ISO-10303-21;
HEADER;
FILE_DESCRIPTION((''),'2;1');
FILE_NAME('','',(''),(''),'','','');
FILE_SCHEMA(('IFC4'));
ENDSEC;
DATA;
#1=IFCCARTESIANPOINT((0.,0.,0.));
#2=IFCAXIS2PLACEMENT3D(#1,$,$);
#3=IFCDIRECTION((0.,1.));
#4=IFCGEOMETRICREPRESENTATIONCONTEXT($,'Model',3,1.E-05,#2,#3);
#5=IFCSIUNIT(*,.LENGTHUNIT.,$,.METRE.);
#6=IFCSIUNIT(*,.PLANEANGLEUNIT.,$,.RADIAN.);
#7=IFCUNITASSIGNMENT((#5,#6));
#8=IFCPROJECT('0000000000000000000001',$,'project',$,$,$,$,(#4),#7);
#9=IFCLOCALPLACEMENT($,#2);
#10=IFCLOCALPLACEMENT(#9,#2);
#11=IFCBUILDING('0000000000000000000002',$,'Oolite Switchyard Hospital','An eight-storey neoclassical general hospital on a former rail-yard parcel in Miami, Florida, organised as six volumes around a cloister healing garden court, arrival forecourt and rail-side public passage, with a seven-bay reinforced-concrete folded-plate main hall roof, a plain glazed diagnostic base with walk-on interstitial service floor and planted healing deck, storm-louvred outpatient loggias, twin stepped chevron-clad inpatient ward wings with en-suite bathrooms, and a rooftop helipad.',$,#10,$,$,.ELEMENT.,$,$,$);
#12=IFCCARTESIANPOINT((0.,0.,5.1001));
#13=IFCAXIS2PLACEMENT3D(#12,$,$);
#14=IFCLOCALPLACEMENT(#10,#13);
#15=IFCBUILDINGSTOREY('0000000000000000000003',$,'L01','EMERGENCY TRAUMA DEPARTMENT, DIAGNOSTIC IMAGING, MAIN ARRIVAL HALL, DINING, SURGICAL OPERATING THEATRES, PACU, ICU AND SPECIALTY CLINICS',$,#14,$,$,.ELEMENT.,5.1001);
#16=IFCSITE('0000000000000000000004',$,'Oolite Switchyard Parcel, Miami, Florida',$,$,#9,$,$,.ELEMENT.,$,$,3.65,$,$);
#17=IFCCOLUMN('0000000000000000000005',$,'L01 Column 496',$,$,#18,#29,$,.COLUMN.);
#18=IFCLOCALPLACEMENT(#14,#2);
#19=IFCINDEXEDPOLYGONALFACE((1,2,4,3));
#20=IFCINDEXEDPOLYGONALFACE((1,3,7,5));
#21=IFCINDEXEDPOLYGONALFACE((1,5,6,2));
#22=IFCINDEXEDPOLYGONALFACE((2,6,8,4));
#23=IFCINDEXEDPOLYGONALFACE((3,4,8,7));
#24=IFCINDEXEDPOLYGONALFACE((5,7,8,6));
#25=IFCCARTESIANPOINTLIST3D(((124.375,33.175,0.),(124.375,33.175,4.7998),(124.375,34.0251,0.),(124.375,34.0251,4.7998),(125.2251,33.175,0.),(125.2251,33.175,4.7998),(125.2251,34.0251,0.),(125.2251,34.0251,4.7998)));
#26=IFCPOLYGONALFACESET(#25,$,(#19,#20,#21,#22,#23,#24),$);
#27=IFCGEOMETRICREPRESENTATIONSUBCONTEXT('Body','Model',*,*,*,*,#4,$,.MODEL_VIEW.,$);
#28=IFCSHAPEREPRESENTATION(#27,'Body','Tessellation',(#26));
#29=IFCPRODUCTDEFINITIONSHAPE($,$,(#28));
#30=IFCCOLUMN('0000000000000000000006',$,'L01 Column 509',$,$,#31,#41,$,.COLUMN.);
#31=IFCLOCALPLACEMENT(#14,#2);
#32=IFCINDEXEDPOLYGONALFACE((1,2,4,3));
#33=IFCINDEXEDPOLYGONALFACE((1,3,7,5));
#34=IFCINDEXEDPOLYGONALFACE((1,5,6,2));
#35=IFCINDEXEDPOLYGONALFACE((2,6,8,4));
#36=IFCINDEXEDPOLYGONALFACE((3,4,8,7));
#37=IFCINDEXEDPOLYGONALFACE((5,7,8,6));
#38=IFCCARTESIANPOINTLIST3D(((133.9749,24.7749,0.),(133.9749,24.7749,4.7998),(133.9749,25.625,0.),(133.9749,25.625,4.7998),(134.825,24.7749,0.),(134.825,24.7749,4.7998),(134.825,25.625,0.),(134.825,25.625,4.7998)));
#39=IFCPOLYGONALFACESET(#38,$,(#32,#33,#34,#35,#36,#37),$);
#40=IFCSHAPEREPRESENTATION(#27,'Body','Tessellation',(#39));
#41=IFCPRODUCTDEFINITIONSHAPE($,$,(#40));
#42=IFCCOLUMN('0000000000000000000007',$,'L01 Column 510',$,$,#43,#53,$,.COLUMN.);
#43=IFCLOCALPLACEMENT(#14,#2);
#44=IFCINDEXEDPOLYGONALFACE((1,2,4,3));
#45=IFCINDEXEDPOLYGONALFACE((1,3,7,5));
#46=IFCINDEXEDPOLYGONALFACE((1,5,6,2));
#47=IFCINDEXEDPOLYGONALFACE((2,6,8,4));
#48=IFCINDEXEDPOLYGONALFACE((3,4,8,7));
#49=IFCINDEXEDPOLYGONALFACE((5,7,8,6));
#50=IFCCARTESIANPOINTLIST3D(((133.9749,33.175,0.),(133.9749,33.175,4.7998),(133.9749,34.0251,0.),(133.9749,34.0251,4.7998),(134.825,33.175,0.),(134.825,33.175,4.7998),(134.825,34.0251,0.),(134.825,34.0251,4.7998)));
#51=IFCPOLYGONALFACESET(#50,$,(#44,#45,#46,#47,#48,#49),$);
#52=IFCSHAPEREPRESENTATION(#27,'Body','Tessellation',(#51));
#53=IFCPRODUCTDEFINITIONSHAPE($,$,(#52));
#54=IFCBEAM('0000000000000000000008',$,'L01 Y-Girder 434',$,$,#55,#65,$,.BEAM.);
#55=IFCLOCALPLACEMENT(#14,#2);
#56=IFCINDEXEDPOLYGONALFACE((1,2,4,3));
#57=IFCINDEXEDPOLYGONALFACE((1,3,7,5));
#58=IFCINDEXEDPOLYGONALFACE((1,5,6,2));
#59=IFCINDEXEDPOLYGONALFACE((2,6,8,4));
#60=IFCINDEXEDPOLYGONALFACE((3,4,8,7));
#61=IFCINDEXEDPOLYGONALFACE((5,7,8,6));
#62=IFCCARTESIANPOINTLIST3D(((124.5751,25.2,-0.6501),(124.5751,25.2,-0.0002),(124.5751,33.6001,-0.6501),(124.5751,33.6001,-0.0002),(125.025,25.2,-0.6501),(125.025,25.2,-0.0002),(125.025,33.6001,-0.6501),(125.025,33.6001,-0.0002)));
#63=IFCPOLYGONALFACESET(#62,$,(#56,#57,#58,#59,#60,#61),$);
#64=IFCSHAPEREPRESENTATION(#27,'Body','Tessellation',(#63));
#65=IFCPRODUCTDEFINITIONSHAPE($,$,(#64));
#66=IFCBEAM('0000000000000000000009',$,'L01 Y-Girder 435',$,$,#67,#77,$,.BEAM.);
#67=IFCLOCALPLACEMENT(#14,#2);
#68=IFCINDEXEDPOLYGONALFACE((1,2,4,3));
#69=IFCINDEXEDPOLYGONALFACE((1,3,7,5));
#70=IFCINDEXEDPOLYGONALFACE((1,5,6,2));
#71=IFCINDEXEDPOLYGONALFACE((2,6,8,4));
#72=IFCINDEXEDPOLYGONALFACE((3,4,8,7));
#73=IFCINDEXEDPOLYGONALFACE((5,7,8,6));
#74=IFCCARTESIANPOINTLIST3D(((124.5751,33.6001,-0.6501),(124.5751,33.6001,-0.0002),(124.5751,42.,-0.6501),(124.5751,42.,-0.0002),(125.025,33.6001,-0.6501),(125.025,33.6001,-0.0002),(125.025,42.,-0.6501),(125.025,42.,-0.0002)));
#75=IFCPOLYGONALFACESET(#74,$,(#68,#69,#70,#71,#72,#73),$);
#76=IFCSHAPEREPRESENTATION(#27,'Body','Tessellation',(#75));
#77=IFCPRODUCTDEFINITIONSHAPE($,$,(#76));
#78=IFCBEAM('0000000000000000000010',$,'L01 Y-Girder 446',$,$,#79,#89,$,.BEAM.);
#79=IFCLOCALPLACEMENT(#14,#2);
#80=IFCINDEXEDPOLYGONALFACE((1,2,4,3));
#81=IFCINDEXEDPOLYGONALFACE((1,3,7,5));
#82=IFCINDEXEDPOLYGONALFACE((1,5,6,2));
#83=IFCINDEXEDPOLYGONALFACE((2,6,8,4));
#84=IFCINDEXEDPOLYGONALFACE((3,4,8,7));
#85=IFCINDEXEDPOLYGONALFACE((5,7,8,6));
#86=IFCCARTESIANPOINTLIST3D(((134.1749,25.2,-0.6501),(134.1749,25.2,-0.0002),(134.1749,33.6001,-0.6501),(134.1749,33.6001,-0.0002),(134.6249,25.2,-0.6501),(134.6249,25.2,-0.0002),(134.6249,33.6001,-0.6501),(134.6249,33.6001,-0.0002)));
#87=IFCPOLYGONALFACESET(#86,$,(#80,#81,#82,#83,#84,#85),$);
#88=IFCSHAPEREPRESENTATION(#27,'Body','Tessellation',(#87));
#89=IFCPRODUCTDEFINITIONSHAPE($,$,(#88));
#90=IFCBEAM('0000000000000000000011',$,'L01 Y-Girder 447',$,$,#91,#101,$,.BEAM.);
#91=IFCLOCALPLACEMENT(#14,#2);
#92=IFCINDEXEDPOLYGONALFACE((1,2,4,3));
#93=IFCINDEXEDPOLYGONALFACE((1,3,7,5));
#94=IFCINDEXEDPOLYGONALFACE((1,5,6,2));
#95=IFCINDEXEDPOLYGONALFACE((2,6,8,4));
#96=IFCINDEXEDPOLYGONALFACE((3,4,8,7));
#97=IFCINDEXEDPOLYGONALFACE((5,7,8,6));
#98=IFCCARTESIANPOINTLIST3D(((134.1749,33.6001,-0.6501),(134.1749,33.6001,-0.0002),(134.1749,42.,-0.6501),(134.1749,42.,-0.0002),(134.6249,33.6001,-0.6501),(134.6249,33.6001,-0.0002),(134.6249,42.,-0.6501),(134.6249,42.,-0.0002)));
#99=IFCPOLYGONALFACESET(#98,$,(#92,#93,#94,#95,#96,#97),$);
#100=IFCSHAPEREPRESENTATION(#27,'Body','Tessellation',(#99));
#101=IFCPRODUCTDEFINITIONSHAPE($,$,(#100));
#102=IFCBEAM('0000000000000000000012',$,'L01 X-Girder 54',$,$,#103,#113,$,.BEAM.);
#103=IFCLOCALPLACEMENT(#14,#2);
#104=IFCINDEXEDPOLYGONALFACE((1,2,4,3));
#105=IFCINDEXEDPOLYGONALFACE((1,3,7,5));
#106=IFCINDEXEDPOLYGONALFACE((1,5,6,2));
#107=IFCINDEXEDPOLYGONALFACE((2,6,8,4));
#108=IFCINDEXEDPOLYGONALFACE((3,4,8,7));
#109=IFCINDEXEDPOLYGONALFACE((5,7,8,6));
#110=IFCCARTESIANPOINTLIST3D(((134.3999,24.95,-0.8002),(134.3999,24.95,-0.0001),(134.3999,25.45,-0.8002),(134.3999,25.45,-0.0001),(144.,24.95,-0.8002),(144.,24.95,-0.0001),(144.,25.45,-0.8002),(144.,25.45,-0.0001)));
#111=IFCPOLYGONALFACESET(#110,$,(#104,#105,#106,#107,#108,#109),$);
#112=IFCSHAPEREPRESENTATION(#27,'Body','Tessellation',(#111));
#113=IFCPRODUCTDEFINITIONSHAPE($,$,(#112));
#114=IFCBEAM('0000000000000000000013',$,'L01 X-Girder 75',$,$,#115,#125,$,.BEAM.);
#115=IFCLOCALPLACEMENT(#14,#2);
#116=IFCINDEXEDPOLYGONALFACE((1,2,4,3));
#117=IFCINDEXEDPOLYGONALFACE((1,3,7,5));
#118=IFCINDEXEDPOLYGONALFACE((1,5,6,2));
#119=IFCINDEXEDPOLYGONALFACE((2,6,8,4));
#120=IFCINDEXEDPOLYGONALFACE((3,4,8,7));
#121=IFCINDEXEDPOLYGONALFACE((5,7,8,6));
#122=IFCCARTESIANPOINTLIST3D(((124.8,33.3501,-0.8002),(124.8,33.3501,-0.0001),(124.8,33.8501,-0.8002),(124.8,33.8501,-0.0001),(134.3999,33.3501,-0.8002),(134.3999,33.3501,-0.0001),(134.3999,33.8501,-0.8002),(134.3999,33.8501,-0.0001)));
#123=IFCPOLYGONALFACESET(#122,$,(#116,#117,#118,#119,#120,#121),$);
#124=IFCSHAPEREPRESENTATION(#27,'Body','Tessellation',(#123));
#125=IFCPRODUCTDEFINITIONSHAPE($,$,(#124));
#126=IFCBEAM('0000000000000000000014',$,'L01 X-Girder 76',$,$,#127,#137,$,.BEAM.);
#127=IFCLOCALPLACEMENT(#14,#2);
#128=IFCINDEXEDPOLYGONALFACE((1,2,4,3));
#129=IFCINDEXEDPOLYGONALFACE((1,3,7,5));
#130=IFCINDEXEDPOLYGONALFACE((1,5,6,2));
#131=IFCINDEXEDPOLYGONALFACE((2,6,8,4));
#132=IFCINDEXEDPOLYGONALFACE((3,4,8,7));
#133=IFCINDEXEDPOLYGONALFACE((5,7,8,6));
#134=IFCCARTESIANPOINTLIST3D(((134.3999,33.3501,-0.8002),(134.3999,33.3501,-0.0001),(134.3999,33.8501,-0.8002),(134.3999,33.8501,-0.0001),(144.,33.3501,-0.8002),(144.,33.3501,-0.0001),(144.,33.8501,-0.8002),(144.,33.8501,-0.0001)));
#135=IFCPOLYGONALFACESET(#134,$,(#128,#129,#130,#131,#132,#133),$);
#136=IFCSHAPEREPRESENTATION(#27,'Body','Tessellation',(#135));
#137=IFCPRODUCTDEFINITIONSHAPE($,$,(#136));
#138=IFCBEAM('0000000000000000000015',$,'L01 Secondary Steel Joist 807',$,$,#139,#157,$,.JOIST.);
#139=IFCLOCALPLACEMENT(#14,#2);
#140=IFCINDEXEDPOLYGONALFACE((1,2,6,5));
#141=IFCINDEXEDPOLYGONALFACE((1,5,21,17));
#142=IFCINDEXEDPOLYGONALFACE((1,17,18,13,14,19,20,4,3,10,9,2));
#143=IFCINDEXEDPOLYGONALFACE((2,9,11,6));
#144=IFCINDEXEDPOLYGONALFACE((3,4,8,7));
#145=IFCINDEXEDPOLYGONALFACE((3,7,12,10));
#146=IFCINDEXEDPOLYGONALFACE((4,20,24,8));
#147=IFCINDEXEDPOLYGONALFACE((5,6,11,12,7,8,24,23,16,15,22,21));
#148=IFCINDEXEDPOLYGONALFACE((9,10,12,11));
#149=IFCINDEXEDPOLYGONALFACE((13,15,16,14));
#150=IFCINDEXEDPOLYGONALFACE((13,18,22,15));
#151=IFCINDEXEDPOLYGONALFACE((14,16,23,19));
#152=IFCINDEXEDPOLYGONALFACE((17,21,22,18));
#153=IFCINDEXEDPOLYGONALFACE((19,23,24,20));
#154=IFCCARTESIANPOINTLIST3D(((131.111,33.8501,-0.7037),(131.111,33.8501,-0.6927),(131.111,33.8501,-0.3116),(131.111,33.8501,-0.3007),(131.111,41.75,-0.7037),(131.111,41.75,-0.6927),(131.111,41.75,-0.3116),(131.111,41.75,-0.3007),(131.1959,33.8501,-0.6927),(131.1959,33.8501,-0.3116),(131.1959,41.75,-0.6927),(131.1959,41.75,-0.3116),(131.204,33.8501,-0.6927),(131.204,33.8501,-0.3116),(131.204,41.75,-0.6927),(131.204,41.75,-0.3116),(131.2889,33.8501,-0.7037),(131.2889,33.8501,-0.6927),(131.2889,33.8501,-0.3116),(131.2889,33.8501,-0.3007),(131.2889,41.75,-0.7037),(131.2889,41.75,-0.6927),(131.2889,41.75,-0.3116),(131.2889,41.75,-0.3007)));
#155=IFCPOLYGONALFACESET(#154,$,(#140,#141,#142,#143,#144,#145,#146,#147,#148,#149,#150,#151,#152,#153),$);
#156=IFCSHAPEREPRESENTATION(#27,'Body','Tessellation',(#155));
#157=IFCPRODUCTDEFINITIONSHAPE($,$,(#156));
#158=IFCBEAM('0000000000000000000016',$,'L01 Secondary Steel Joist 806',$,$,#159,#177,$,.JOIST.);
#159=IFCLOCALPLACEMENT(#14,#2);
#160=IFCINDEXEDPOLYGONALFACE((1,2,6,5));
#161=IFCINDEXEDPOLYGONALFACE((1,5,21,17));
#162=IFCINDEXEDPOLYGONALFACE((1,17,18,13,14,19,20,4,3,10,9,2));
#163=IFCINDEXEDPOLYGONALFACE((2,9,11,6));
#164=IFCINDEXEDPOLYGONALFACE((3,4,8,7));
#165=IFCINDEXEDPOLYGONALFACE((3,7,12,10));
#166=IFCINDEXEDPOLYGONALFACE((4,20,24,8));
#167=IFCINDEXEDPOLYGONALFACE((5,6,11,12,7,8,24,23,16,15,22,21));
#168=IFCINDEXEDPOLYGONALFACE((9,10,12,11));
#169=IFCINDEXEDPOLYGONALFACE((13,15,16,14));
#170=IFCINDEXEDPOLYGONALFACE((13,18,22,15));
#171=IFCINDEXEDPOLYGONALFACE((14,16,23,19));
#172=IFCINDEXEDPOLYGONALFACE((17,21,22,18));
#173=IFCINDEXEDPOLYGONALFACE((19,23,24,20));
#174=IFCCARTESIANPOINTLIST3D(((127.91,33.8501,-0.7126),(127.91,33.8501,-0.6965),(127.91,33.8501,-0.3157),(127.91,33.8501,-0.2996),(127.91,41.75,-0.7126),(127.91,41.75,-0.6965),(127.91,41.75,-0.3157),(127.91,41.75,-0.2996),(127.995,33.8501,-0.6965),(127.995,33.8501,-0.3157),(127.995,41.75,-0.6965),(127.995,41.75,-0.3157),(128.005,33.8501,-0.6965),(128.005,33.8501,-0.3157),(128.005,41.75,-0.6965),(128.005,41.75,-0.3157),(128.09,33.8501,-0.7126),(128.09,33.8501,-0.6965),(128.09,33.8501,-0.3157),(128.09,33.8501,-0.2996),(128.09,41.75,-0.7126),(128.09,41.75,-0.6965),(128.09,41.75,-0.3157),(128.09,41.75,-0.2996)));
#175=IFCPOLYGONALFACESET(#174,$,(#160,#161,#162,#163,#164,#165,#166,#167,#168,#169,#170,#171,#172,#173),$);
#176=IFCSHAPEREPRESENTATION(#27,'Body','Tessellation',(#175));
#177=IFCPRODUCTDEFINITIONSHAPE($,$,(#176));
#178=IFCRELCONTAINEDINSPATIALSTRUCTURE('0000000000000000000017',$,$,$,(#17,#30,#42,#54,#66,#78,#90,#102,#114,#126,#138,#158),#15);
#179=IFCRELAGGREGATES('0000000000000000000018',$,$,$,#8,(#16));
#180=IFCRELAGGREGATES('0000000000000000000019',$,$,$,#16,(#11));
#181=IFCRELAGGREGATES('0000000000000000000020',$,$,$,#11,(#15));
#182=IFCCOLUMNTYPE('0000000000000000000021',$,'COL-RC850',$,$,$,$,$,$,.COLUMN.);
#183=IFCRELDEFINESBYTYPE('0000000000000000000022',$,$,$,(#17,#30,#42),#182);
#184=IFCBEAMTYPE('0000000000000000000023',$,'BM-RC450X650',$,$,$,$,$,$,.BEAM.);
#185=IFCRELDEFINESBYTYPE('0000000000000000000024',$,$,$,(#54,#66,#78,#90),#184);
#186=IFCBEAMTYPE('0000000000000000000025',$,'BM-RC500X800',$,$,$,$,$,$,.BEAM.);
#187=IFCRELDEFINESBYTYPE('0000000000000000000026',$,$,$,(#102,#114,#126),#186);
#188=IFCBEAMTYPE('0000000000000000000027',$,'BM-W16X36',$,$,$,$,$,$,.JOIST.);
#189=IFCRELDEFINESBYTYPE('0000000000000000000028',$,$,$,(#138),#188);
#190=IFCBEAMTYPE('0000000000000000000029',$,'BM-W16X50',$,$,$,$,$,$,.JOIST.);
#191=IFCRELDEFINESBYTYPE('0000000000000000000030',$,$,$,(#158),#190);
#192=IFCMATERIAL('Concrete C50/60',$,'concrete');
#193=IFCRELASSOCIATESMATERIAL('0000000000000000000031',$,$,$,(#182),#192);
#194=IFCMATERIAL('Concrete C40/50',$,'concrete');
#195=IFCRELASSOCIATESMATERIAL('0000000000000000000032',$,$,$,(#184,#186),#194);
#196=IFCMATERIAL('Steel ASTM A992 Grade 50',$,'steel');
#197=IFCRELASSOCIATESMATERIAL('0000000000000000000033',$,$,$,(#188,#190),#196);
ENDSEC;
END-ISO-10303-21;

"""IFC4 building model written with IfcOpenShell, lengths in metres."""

from ifc_helpers import new_model, si_unit, direction, frame, origin, origin_2d, place, context, subcontext, project, spatial, rectangle, i_section, extrude, material, material_profile, profile_set, type_object, element, save


model = new_model("IFC4")

# Units and contexts
model_context = context("Model", 3, precision=1e-05, world=origin(), true_north=direction((0.0, 1.0)))
body_context = subcontext(model_context, "Body", "Model", "MODEL_VIEW")
ifc_project = project(units=[si_unit("LENGTHUNIT", "METRE"), si_unit("PLANEANGLEUNIT", "RADIAN")], contexts=[model_context])

# Site, building, storey
site_placement = place(None, origin())
site = spatial("IfcSite", under=ifc_project, at=site_placement, Name="Oolite Switchyard Parcel, Miami, Florida", CompositionType="ELEMENT", RefElevation=3.65)
building_placement = place(site_placement, origin())
building = spatial("IfcBuilding", under=site, at=building_placement, Name="Oolite Switchyard Hospital", Description="An eight-storey neoclassical general hospital on a former rail-yard parcel in Miami, Florida, organised as six volumes around a cloister healing garden court, arrival forecourt and rail-side public passage, with a seven-bay reinforced-concrete folded-plate main hall roof, a plain glazed diagnostic base with walk-on interstitial service floor and planted healing deck, storm-louvred outpatient loggias, twin stepped chevron-clad inpatient ward wings with en-suite bathrooms, and a rooftop helipad.", CompositionType="ELEMENT")
storey_placement = place(building_placement, frame((0.0, 0.0, 5.1001)))
storey = spatial("IfcBuildingStorey", under=building, at=storey_placement, Name="L01", Description="EMERGENCY TRAUMA DEPARTMENT, DIAGNOSTIC IMAGING, MAIN ARRIVAL HALL, DINING, SURGICAL OPERATING THEATRES, PACU, ICU AND SPECIALTY CLINICS", CompositionType="ELEMENT", Elevation=5.1001)

# Columns
ifc_material_1 = material(Name="Concrete C50/60", Category="concrete")
ifc_material_profile_1 = material_profile(ifc_material_1, rectangle(XDim=0.8501, YDim=0.8501, at=origin_2d()), Name="RC850X850")
ifc_profile_set_1 = profile_set([ifc_material_profile_1], Name="Concrete C50/60")
column_type = type_object("IfcColumnType", Name="COL-RC850", PredefinedType="COLUMN", material=ifc_profile_set_1)
for number, where, z_axis, x_axis, name in (
    (1, (124.8, 33.6001, 0.0), (0.0, 0.0, 1.0), (1.0, 0.0, 0.0), "L01 Column 496"),
    (2, (134.3999, 25.2, 0.0), (0.0, 0.0, 1.0), (1.0, 0.0, 0.0), "L01 Column 509"),
    (3, (134.3999, 33.6001, 0.0), (0.0, 0.0, 1.0), (1.0, 0.0, 0.0), "L01 Column 510"),
):
    element("IfcColumn", number, at=place(storey_placement, frame(where, z_axis=z_axis, x_axis=x_axis)), inside=storey, type_object=column_type, Name=name, PredefinedType="COLUMN", context=body_context, shape_type="SweptSolid", body=[
        extrude(rectangle(XDim=0.8501, YDim=0.8501, at=origin_2d()), origin(), (0.0, 0.0, 1.0), 4.7998),
    ])

# Beams
ifc_material_2 = material(Name="Concrete C40/50", Category="concrete")
ifc_material_profile_2 = material_profile(ifc_material_2, rectangle(XDim=0.45, YDim=0.6499, at=origin_2d()), Name="RCB450X650")
ifc_profile_set_2 = profile_set([ifc_material_profile_2], Name="Concrete C40/50")
beam_type_1 = type_object("IfcBeamType", Name="BM-RC450X650", PredefinedType="BEAM", material=ifc_profile_set_2)
beam_1_placement = place(storey_placement, frame((124.8, 25.2, -0.3252), z_axis=(0.0, 1.0, 0.0), x_axis=(-1.0, 0.0, 0.0)))
element("IfcBeam", 4, at=beam_1_placement, inside=storey, type_object=beam_type_1, Name="L01 Y-Girder 434", PredefinedType="BEAM", context=body_context, shape_type="SweptSolid", body=[
    extrude(rectangle(XDim=0.45, YDim=0.6499, at=origin_2d()), origin(), (0.0, 0.0, 1.0), 8.4001),
])
beam_2_placement = place(storey_placement, frame((124.8, 33.6001, -0.3252), z_axis=(0.0, 1.0, 0.0), x_axis=(-1.0, 0.0, 0.0)))
element("IfcBeam", 5, at=beam_2_placement, inside=storey, type_object=beam_type_1, Name="L01 Y-Girder 435", PredefinedType="BEAM", context=body_context, shape_type="SweptSolid", body=[
    extrude(rectangle(XDim=0.45, YDim=0.6499, at=origin_2d()), origin(), (0.0, 0.0, 1.0), 8.3999),
])
beam_3_placement = place(storey_placement, frame((134.3999, 25.2, -0.3252), z_axis=(0.0, 1.0, 0.0), x_axis=(-1.0, 0.0, 0.0)))
element("IfcBeam", 6, at=beam_3_placement, inside=storey, type_object=beam_type_1, Name="L01 Y-Girder 446", PredefinedType="BEAM", context=body_context, shape_type="SweptSolid", body=[
    extrude(rectangle(XDim=0.45, YDim=0.6499, at=origin_2d()), origin(), (0.0, 0.0, 1.0), 8.4001),
])
beam_4_placement = place(storey_placement, frame((134.3999, 33.6001, -0.3252), z_axis=(0.0, 1.0, 0.0), x_axis=(-1.0, 0.0, 0.0)))
element("IfcBeam", 7, at=beam_4_placement, inside=storey, type_object=beam_type_1, Name="L01 Y-Girder 447", PredefinedType="BEAM", context=body_context, shape_type="SweptSolid", body=[
    extrude(rectangle(XDim=0.45, YDim=0.6499, at=origin_2d()), origin(), (0.0, 0.0, 1.0), 8.3999),
])
ifc_material_profile_3 = material_profile(ifc_material_2, rectangle(XDim=0.5, YDim=0.8, at=origin_2d()), Name="RCB500X800")
ifc_profile_set_3 = profile_set([ifc_material_profile_3], Name="Concrete C40/50")
beam_type_2 = type_object("IfcBeamType", Name="BM-RC500X800", PredefinedType="BEAM", material=ifc_profile_set_3)
beam_5_placement = place(storey_placement, frame((134.3999, 25.2, -0.4001), z_axis=(1.0, 0.0, 0.0), x_axis=(0.0, 1.0, 0.0)))
element("IfcBeam", 8, at=beam_5_placement, inside=storey, type_object=beam_type_2, Name="L01 X-Girder 54", PredefinedType="BEAM", context=body_context, shape_type="SweptSolid", body=[
    extrude(rectangle(XDim=0.5, YDim=0.8, at=origin_2d()), origin(), (0.0, 0.0, 1.0), 9.6001),
])
beam_6_placement = place(storey_placement, frame((124.8, 33.6001, -0.4001), z_axis=(1.0, 0.0, 0.0), x_axis=(0.0, 1.0, 0.0)))
element("IfcBeam", 9, at=beam_6_placement, inside=storey, type_object=beam_type_2, Name="L01 X-Girder 75", PredefinedType="BEAM", context=body_context, shape_type="SweptSolid", body=[
    extrude(rectangle(XDim=0.5, YDim=0.8, at=origin_2d()), origin(), (0.0, 0.0, 1.0), 9.5999),
])
beam_7_placement = place(storey_placement, frame((134.3999, 33.6001, -0.4001), z_axis=(1.0, 0.0, 0.0), x_axis=(0.0, 1.0, 0.0)))
element("IfcBeam", 10, at=beam_7_placement, inside=storey, type_object=beam_type_2, Name="L01 X-Girder 76", PredefinedType="BEAM", context=body_context, shape_type="SweptSolid", body=[
    extrude(rectangle(XDim=0.5, YDim=0.8, at=origin_2d()), origin(), (0.0, 0.0, 1.0), 9.6001),
])
ifc_material_3 = material(Name="Steel ASTM A992 Grade 50", Category="steel")
ifc_material_profile_4 = material_profile(ifc_material_3, i_section(OverallWidth=0.178, OverallDepth=0.4031, WebThickness=0.0081, FlangeThickness=0.011, at=origin_2d()), Name="W16X36")
ifc_profile_set_4 = profile_set([ifc_material_profile_4], Name="Steel ASTM A992 Grade 50")
beam_type_3 = type_object("IfcBeamType", Name="BM-W16X36", PredefinedType="JOIST", material=ifc_profile_set_4)
beam_8_placement = place(storey_placement, frame((131.2, 33.8501, -0.5022), z_axis=(0.0, 1.0, 0.0), x_axis=(-1.0, 0.0, 0.0)))
element("IfcBeam", 11, at=beam_8_placement, inside=storey, type_object=beam_type_3, Name="L01 Secondary Steel Joist 807", PredefinedType="JOIST", context=body_context, shape_type="SweptSolid", body=[
    extrude(i_section(OverallWidth=0.178, OverallDepth=0.4031, WebThickness=0.0081, FlangeThickness=0.011, at=origin_2d()), origin(), (0.0, 0.0, 1.0), 7.8999),
])
ifc_material_profile_5 = material_profile(ifc_material_3, i_section(OverallWidth=0.1799, OverallDepth=0.4131, WebThickness=0.01, FlangeThickness=0.0161, at=origin_2d()), Name="W16X50")
ifc_profile_set_5 = profile_set([ifc_material_profile_5], Name="Steel ASTM A992 Grade 50")
beam_type_4 = type_object("IfcBeamType", Name="BM-W16X50", PredefinedType="JOIST", material=ifc_profile_set_5)
beam_9_placement = place(storey_placement, frame((128.0, 33.8501, -0.5061), z_axis=(0.0, 1.0, 0.0), x_axis=(-1.0, 0.0, 0.0)))
element("IfcBeam", 12, at=beam_9_placement, inside=storey, type_object=beam_type_4, Name="L01 Secondary Steel Joist 806", PredefinedType="JOIST", context=body_context, shape_type="SweptSolid", body=[
    extrude(i_section(OverallWidth=0.1799, OverallDepth=0.4131, WebThickness=0.01, FlangeThickness=0.0161, at=origin_2d()), origin(), (0.0, 0.0, 1.0), 7.8999),
])

save(model, "model.ifc")
